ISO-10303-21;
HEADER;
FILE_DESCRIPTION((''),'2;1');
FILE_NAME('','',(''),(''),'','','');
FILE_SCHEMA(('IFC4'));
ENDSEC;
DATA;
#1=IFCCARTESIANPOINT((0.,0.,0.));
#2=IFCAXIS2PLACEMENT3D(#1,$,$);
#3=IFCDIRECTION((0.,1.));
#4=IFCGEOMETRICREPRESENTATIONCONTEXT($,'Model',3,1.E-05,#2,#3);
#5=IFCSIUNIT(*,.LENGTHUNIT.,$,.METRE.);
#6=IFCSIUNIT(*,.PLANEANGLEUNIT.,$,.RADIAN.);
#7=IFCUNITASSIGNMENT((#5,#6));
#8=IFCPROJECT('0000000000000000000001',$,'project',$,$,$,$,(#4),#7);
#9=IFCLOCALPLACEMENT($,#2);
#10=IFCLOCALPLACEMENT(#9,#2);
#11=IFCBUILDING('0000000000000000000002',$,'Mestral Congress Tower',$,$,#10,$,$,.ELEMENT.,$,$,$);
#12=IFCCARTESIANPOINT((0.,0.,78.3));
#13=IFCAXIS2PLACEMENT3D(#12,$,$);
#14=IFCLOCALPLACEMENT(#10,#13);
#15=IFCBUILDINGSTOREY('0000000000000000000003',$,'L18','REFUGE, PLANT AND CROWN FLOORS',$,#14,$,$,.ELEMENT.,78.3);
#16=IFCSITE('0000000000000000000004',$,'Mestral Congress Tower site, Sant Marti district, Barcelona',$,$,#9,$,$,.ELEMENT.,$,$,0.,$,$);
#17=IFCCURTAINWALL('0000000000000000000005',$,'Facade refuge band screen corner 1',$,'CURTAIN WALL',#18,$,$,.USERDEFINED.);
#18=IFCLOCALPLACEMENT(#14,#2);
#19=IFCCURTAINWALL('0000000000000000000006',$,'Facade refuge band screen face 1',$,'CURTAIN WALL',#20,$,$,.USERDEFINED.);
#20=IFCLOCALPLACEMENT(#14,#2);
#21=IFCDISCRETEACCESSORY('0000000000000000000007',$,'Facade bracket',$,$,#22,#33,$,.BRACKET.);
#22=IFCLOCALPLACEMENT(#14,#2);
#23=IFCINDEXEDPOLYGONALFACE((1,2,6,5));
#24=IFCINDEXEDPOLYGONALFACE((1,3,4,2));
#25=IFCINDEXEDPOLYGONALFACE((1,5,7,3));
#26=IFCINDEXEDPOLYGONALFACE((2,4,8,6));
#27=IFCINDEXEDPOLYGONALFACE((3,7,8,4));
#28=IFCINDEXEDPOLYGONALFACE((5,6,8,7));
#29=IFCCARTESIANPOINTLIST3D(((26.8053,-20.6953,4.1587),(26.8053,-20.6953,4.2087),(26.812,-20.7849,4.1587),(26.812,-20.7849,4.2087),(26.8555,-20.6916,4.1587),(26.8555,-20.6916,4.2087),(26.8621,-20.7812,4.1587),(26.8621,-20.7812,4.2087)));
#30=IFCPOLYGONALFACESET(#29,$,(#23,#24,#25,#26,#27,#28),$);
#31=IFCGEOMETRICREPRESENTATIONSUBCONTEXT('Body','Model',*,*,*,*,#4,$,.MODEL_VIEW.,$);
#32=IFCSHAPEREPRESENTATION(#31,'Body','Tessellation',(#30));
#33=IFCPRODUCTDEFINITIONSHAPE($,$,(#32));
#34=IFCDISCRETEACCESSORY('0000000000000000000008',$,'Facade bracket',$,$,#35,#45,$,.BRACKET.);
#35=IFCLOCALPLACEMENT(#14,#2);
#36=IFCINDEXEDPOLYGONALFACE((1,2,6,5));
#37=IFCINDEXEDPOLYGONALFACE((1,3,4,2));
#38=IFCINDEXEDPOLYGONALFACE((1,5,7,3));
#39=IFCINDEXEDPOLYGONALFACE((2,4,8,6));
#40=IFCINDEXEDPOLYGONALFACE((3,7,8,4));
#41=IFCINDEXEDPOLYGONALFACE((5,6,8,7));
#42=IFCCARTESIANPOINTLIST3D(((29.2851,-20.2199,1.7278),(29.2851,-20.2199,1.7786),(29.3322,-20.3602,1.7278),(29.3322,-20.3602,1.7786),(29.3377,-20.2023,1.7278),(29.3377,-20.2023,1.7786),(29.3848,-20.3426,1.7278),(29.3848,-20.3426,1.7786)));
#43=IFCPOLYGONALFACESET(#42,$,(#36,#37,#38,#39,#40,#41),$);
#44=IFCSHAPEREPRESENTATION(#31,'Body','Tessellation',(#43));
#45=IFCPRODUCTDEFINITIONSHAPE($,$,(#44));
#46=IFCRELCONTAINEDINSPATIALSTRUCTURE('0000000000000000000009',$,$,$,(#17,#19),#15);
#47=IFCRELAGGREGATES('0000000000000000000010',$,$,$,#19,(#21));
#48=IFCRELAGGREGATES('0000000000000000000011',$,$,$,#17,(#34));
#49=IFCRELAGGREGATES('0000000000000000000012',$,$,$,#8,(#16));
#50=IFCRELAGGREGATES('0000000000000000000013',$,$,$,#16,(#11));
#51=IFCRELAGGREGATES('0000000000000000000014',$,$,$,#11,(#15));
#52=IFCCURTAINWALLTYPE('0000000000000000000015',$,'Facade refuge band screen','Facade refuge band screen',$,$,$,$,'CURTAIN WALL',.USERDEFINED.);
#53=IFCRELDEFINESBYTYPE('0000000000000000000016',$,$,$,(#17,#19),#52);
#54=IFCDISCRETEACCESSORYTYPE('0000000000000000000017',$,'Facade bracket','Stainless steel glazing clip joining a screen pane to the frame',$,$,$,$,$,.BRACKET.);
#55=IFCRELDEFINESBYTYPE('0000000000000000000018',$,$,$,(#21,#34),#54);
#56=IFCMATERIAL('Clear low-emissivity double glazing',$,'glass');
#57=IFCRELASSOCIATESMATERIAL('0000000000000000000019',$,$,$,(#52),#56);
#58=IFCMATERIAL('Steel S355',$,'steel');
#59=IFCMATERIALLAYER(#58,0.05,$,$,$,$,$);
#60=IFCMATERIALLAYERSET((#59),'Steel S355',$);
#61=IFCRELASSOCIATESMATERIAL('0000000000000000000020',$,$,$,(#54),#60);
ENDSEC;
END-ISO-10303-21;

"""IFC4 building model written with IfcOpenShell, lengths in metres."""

from ifc_helpers import new_model, si_unit, direction, frame, origin, origin_2d, place, context, subcontext, project, spatial, rectangle, extrude, material, layer, layer_set, type_object, element, aggregate, save


model = new_model("IFC4")

# Units and contexts
model_context = context("Model", 3, precision=1e-05, world=origin(), true_north=direction((0.0, 1.0)))
body_context = subcontext(model_context, "Body", "Model", "MODEL_VIEW")
ifc_project = project(units=[si_unit("LENGTHUNIT", "METRE"), si_unit("PLANEANGLEUNIT", "RADIAN")], contexts=[model_context])

# Site, building, storey
site_placement = place(None, origin())
site = spatial("IfcSite", under=ifc_project, at=site_placement, Name="Mestral Congress Tower site, Sant Marti district, Barcelona", CompositionType="ELEMENT", RefElevation=0.0)
building_placement = place(site_placement, origin())
building = spatial("IfcBuilding", under=site, at=building_placement, Name="Mestral Congress Tower", CompositionType="ELEMENT")
storey_placement = place(building_placement, frame((0.0, 0.0, 78.3)))
storey = spatial("IfcBuildingStorey", under=building, at=storey_placement, Name="L18", Description="REFUGE, PLANT AND CROWN FLOORS", CompositionType="ELEMENT", Elevation=78.3)

# Shared definitions
ifc_material_1 = material(Name="Steel S355", Category="steel")

# Curtain wall
ifc_material_2 = material(Name="Clear low-emissivity double glazing", Category="glass")
curtain_wall_type = type_object("IfcCurtainWallType", Name="Facade refuge band screen", Description="Facade refuge band screen", ElementType="CURTAIN WALL", PredefinedType="USERDEFINED", material=ifc_material_2)
placement = place(storey_placement, origin())
curtain_wall_1 = element("IfcCurtainWall", 1, at=placement, inside=storey, type_object=curtain_wall_type, Name="Facade refuge band screen corner 1", ObjectType="CURTAIN WALL", PredefinedType="USERDEFINED")

# Curtain wall
curtain_wall_2 = element("IfcCurtainWall", 2, at=placement, inside=storey, type_object=curtain_wall_type, Name="Facade refuge band screen face 1", ObjectType="CURTAIN WALL", PredefinedType="USERDEFINED")

# Discrete accessories
ifc_layer_1 = layer(ifc_material_1, 0.05)
ifc_layer_set_1 = layer_set([ifc_layer_1], Name="Steel S355")
discrete_accessory_type = type_object("IfcDiscreteAccessoryType", Name="Facade bracket", Description="Stainless steel glazing clip joining a screen pane to the frame", PredefinedType="BRACKET", material=ifc_layer_set_1)
discrete_accessory_1_placement = place(storey_placement, frame((26.8337, -20.7383, 4.1587), z_axis=(0.0, 0.0, 1.0), x_axis=(0.997265, 0.073908, 0.0)))
discrete_accessory_1 = element("IfcDiscreteAccessory", 3, at=discrete_accessory_1_placement, type_object=discrete_accessory_type, Name="Facade bracket", PredefinedType="BRACKET", context=body_context, shape_type="SweptSolid", body=[
    extrude(rectangle(XDim=0.0503, YDim=0.0898, at=origin_2d()), origin(), (0.0, 0.0, 1.0), 0.05),
])
aggregate(curtain_wall_2, [discrete_accessory_1])
discrete_accessory_2_placement = place(storey_placement, frame((29.335, -20.2812, 1.7278), z_axis=(0.0, 0.0, 1.0), x_axis=(0.947958, 0.318397, 0.0)))
discrete_accessory_2 = element("IfcDiscreteAccessory", 4, at=discrete_accessory_2_placement, type_object=discrete_accessory_type, Name="Facade bracket", PredefinedType="BRACKET", context=body_context, shape_type="SweptSolid", body=[
    extrude(rectangle(XDim=0.0554, YDim=0.1479, at=origin_2d()), origin(), (0.0, 0.0, 1.0), 0.0508),
])
aggregate(curtain_wall_1, [discrete_accessory_2])

save(model, "model.ifc")
